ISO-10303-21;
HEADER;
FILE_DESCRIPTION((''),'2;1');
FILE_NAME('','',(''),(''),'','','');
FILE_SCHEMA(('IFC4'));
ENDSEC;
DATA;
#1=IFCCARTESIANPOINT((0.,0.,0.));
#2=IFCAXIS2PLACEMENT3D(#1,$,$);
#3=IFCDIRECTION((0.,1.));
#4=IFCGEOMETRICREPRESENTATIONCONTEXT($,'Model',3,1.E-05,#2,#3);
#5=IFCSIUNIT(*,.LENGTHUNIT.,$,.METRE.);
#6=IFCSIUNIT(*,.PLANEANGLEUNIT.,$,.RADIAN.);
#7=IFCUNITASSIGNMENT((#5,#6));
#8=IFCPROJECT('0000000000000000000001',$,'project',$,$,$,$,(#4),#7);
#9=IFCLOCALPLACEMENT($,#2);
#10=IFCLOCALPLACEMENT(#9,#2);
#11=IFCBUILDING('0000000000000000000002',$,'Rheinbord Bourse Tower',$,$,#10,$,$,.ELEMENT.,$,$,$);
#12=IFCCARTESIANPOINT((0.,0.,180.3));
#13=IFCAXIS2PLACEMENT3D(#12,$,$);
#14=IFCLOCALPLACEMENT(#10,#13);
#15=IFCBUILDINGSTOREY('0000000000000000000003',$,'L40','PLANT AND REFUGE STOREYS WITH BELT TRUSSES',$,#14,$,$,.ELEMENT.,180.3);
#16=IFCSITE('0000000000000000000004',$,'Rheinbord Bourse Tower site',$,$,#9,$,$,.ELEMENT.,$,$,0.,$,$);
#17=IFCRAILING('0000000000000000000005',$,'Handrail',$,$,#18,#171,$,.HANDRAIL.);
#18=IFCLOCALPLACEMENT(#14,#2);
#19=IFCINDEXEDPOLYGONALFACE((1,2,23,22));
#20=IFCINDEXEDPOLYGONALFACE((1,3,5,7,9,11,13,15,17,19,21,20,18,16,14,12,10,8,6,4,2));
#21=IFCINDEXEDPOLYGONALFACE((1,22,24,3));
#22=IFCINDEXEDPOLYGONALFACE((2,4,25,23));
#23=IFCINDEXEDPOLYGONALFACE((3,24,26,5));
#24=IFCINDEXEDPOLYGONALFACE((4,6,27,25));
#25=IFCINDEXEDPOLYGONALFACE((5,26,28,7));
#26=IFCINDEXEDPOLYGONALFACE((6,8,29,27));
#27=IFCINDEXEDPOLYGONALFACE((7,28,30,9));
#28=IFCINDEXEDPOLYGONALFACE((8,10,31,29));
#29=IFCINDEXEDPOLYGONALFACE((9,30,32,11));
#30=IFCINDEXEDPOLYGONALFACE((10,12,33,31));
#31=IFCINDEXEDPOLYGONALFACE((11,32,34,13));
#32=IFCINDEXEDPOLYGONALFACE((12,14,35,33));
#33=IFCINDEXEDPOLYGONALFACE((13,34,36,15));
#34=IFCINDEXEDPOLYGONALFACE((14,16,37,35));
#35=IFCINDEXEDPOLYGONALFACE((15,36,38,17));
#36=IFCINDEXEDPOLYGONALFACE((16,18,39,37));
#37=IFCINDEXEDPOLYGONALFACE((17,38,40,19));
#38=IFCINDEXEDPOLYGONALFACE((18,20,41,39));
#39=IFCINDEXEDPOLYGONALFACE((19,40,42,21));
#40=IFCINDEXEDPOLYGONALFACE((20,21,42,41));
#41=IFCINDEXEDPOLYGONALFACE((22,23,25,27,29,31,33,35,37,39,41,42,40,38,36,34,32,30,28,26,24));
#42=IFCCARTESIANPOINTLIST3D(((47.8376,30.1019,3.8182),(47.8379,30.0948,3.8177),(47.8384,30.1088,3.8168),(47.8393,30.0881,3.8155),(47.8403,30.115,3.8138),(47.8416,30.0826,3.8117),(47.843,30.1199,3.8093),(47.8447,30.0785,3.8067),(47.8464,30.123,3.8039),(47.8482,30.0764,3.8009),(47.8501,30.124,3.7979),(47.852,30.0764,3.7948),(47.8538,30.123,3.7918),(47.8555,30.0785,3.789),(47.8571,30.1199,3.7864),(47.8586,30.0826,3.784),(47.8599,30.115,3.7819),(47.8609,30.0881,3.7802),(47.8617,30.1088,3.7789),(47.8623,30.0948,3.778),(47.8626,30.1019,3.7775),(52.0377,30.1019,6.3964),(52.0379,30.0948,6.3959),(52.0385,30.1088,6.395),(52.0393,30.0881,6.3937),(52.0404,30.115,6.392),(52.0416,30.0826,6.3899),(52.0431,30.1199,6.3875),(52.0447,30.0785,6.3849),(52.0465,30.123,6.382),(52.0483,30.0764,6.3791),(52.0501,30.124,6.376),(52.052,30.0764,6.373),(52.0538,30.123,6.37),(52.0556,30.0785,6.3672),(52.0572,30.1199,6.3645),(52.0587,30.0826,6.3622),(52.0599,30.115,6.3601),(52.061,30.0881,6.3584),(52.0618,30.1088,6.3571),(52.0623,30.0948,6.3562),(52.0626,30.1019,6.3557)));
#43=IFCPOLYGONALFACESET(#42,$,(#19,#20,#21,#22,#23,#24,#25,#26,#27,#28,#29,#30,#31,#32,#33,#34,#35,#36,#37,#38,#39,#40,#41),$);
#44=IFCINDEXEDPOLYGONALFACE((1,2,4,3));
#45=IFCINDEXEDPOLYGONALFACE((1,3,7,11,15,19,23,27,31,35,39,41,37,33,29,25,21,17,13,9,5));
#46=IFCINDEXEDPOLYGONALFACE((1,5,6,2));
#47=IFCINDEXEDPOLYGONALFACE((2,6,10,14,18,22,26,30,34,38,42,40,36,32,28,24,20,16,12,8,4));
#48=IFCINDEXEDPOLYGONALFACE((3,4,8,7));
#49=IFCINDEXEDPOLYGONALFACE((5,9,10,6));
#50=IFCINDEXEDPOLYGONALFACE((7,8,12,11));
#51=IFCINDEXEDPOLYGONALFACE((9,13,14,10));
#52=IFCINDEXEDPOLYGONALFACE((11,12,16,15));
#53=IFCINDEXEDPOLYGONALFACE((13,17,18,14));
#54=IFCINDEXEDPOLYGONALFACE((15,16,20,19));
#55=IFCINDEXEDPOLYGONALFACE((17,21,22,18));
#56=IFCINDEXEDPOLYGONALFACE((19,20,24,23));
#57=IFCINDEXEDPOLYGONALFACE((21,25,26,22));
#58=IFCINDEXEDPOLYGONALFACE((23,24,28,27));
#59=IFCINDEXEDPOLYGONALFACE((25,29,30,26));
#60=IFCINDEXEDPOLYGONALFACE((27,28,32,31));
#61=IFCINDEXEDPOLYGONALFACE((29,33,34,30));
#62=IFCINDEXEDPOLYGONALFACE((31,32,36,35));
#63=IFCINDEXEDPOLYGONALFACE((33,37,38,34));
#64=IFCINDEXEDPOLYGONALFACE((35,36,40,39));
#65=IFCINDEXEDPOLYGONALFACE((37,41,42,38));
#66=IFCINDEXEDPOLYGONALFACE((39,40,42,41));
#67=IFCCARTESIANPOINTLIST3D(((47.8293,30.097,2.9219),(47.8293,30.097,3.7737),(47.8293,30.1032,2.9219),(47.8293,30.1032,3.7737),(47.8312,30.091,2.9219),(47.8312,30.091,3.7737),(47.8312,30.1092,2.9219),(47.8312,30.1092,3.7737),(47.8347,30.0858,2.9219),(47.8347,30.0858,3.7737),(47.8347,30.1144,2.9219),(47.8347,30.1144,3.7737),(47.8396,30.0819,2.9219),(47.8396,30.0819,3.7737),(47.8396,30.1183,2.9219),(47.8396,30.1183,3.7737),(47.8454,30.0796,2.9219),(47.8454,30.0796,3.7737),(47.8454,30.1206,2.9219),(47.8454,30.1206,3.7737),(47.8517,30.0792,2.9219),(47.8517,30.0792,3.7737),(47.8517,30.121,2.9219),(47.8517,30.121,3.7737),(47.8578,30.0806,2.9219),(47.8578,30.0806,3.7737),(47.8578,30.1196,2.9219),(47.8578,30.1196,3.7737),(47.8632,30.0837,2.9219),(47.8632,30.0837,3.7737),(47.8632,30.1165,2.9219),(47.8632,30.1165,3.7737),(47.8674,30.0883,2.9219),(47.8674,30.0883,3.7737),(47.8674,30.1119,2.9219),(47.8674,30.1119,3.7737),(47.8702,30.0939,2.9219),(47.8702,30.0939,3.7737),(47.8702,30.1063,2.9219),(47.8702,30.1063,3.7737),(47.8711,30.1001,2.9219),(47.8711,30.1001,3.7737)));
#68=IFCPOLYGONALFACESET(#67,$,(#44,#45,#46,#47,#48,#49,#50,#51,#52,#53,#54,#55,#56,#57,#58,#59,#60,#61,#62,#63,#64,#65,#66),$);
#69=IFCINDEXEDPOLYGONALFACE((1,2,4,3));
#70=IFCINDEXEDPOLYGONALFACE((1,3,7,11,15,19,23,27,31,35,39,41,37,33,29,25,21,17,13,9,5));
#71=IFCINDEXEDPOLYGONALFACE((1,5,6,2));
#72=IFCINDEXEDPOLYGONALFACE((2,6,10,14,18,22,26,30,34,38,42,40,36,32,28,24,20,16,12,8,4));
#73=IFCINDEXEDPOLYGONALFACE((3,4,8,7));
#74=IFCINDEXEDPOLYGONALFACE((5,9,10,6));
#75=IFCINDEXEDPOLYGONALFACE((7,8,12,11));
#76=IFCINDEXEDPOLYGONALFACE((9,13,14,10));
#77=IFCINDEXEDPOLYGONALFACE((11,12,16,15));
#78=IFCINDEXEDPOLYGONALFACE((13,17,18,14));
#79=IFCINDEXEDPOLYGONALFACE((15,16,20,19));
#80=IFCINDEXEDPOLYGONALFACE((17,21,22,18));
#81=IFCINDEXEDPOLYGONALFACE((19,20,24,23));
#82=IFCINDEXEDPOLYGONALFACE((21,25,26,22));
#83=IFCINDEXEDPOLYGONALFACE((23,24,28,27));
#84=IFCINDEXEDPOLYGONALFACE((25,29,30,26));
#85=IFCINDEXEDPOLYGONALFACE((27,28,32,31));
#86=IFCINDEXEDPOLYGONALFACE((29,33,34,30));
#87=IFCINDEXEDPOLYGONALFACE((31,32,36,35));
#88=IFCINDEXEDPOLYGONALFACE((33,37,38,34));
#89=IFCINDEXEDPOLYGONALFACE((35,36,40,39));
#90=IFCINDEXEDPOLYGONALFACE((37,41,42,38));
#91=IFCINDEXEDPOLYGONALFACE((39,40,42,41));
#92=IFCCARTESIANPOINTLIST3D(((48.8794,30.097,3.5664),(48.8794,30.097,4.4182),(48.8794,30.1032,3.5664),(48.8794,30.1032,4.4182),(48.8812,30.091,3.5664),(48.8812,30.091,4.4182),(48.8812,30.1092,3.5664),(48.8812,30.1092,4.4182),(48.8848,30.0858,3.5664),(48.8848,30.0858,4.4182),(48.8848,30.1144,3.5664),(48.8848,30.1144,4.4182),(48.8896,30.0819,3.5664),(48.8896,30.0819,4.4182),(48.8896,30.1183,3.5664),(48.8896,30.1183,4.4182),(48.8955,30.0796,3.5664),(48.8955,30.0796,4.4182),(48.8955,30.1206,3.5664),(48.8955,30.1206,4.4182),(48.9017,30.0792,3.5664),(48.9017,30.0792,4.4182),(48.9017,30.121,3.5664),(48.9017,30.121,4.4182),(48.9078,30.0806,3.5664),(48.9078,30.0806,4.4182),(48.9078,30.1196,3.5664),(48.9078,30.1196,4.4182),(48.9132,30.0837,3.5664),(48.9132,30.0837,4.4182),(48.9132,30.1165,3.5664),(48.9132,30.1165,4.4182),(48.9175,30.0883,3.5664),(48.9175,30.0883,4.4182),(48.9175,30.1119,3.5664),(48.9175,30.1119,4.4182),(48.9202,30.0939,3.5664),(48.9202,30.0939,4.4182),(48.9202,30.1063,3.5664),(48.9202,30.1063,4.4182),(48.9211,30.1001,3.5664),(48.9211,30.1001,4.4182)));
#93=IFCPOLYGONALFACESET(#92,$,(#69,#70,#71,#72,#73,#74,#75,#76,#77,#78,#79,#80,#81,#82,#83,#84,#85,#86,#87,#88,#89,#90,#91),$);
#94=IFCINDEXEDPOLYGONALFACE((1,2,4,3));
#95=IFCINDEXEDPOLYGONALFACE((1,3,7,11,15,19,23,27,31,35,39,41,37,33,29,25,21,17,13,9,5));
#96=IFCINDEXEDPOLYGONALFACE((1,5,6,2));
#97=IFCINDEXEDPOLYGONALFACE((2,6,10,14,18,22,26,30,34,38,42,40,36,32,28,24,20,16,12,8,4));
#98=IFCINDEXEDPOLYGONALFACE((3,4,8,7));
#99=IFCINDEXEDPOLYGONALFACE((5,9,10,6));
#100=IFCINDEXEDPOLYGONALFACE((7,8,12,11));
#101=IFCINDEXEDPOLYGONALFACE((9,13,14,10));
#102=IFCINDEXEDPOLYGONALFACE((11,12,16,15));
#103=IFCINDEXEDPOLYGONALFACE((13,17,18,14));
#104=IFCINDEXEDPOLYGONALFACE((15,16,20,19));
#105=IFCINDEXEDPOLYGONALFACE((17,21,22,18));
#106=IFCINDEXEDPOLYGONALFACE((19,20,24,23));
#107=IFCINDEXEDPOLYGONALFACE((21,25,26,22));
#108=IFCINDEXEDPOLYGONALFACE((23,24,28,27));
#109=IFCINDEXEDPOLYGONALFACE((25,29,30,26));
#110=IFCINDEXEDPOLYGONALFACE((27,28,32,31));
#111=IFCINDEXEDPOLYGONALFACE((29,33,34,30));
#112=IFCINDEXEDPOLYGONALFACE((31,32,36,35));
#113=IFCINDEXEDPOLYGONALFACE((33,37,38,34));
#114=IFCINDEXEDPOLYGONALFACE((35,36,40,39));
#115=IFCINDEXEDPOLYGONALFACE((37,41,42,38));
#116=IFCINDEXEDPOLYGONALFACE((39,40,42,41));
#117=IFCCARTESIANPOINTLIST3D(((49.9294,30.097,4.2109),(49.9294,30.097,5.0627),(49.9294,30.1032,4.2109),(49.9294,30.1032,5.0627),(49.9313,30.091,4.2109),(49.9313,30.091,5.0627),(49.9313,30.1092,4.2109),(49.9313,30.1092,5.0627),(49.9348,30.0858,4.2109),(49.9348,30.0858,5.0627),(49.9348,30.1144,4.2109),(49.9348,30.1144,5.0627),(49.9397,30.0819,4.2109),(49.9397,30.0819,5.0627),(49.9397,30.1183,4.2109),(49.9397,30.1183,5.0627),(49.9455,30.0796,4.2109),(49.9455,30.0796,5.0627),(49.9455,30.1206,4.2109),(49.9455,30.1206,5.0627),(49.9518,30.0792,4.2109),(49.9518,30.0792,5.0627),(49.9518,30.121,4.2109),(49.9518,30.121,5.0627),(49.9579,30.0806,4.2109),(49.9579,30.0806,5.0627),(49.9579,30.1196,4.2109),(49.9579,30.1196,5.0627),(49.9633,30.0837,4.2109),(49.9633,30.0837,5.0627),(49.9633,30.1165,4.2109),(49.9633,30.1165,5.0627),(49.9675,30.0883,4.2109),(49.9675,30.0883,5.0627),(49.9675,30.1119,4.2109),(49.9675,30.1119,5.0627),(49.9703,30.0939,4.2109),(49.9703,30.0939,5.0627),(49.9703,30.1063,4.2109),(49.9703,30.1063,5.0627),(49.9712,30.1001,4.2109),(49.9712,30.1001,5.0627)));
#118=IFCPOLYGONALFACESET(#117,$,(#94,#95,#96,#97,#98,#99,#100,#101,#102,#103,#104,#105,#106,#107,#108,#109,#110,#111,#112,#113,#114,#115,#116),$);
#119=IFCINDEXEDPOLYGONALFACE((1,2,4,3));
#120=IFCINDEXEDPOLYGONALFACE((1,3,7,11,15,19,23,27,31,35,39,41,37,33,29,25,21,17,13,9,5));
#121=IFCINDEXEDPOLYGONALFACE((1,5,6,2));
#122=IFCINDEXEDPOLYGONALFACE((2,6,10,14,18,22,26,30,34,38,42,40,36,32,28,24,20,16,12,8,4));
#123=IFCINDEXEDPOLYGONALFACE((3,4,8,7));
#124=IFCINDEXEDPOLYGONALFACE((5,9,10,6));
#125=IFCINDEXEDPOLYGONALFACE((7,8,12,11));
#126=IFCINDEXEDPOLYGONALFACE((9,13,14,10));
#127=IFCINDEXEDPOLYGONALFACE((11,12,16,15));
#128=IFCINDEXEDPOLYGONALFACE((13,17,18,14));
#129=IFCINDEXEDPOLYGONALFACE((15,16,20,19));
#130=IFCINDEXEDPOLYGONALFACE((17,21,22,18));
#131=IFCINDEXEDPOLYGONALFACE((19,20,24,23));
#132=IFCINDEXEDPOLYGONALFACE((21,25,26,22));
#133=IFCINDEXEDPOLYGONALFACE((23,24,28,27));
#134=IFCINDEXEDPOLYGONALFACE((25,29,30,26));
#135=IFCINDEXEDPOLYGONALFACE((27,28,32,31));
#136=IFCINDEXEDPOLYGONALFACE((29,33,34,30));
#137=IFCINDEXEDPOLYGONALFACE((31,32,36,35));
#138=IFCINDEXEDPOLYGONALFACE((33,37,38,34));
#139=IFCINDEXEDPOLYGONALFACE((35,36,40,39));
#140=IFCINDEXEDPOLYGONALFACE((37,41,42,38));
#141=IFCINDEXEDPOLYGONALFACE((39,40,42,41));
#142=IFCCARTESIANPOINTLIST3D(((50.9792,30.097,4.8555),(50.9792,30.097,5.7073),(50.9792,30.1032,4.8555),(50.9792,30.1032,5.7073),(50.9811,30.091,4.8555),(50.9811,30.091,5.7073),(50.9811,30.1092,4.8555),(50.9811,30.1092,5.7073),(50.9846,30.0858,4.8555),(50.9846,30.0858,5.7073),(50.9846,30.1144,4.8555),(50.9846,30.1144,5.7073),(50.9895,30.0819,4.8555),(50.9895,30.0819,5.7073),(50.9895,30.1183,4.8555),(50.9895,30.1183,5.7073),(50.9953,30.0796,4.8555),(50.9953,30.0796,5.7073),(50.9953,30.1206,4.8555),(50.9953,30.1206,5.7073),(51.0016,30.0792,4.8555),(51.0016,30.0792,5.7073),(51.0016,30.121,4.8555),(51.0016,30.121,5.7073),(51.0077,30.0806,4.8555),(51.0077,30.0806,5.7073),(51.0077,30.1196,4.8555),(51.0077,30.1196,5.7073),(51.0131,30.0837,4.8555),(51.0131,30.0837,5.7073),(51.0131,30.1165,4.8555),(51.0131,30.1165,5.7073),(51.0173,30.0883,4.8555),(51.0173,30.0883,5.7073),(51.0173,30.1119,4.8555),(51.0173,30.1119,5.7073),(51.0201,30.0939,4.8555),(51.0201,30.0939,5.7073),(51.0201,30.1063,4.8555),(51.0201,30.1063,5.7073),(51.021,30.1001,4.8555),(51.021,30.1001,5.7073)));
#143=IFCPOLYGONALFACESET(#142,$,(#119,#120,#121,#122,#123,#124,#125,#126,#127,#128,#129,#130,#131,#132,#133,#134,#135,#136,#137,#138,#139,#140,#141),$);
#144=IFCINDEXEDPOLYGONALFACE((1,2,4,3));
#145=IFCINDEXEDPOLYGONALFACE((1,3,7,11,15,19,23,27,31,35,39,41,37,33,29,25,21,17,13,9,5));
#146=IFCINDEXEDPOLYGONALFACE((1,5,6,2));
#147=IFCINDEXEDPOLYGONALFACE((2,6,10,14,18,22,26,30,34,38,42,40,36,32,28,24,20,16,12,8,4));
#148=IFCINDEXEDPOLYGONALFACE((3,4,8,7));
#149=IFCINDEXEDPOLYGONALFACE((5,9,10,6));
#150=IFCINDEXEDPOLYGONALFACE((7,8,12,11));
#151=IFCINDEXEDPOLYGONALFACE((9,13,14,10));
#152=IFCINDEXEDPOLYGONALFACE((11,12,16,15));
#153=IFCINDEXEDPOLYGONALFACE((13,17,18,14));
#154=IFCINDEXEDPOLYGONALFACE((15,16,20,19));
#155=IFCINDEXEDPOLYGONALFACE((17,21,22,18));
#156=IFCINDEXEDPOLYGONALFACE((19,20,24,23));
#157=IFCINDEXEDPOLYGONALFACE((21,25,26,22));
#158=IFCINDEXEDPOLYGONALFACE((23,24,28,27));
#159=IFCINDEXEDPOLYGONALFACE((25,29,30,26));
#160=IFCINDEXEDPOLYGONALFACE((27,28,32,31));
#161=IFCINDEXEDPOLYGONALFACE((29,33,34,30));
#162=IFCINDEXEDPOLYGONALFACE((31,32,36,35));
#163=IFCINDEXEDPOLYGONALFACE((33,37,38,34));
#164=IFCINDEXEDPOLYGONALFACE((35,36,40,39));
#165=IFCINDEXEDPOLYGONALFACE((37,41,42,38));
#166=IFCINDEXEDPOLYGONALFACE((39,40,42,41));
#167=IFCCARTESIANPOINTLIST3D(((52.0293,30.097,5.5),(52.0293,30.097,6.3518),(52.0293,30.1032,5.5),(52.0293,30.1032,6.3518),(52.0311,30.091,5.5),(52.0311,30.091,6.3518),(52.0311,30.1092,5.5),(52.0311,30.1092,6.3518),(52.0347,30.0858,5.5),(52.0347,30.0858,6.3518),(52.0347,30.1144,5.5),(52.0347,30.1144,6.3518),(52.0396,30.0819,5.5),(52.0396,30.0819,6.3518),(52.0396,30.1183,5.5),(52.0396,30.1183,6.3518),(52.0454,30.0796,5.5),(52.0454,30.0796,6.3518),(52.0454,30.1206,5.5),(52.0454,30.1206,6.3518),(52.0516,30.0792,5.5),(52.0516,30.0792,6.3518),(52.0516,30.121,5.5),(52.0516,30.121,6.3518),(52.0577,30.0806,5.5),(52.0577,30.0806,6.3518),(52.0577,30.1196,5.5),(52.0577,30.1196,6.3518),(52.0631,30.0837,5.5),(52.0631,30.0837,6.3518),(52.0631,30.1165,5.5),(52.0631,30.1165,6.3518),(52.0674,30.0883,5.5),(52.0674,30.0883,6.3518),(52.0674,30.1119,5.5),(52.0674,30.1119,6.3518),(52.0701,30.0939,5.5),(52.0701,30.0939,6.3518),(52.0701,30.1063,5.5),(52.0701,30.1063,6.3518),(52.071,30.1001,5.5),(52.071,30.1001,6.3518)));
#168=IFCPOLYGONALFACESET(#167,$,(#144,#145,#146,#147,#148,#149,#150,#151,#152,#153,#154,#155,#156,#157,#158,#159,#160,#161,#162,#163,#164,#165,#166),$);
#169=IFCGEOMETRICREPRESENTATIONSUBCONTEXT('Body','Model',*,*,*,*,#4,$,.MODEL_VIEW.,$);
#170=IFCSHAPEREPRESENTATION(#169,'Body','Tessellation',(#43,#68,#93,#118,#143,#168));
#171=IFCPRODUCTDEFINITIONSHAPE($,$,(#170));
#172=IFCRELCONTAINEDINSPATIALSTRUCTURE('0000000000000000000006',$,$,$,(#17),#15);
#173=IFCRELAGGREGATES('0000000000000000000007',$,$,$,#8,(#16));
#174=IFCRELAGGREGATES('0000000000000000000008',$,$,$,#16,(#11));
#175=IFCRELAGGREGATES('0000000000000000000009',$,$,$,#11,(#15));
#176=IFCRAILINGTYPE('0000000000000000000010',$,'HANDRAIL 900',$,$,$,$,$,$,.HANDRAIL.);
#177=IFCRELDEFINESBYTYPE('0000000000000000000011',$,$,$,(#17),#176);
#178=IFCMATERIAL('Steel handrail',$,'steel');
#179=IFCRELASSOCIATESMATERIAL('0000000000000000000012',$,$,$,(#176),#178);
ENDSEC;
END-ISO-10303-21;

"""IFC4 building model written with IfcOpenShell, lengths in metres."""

from ifc_helpers import new_model, si_unit, direction, frame, origin, origin_2d, place, context, subcontext, project, spatial, circle, extrude, material, type_object, element, save


model = new_model("IFC4")

# Units and contexts
model_context = context("Model", 3, precision=1e-05, world=origin(), true_north=direction((0.0, 1.0)))
body_context = subcontext(model_context, "Body", "Model", "MODEL_VIEW")
ifc_project = project(units=[si_unit("LENGTHUNIT", "METRE"), si_unit("PLANEANGLEUNIT", "RADIAN")], contexts=[model_context])

# Site, building, storey
site_placement = place(None, origin())
site = spatial("IfcSite", under=ifc_project, at=site_placement, Name="Rheinbord Bourse Tower site", CompositionType="ELEMENT", RefElevation=0.0)
building_placement = place(site_placement, origin())
building = spatial("IfcBuilding", under=site, at=building_placement, Name="Rheinbord Bourse Tower", CompositionType="ELEMENT")
storey_placement = place(building_placement, frame((0.0, 0.0, 180.3)))
storey = spatial("IfcBuildingStorey", under=building, at=storey_placement, Name="L40", Description="PLANT AND REFUGE STOREYS WITH BELT TRUSSES", CompositionType="ELEMENT", Elevation=180.3)

# Railing
ifc_material_1 = material(Name="Steel handrail", Category="steel")
railing_type = type_object("IfcRailingType", Name="HANDRAIL 900", PredefinedType="HANDRAIL", material=ifc_material_1)
railing_1_placement = place(storey_placement, frame((47.8501, 30.1001, 2.9219)))
element("IfcRailing", 1, at=railing_1_placement, inside=storey, type_object=railing_type, Name="Handrail", PredefinedType="HANDRAIL", context=body_context, shape_type="SweptSolid", body=[
    extrude(circle(Radius=0.0239, at=origin_2d()), frame((0.0, 0.0, 0.876), z_axis=(0.852243, 0.0, 0.523146), x_axis=(0.0, 1.0, 0.0)), (0.0, 0.0, 1.0), 4.9282),
    extrude(circle(Radius=0.021, at=origin_2d()), origin(), (0.0, 0.0, 1.0), 0.8518),
    extrude(circle(Radius=0.021, at=origin_2d()), frame((1.05, 0.0, 0.6445)), (0.0, 0.0, 1.0), 0.8518),
    extrude(circle(Radius=0.021, at=origin_2d()), frame((2.1001, 0.0, 1.2891)), (0.0, 0.0, 1.0), 0.8518),
    extrude(circle(Radius=0.021, at=origin_2d()), frame((3.1499, 0.0, 1.9336)), (0.0, 0.0, 1.0), 0.8518),
    extrude(circle(Radius=0.021, at=origin_2d()), frame((4.2, 0.0, 2.5781)), (0.0, 0.0, 1.0), 0.8518),
])

save(model, "model.ifc")
